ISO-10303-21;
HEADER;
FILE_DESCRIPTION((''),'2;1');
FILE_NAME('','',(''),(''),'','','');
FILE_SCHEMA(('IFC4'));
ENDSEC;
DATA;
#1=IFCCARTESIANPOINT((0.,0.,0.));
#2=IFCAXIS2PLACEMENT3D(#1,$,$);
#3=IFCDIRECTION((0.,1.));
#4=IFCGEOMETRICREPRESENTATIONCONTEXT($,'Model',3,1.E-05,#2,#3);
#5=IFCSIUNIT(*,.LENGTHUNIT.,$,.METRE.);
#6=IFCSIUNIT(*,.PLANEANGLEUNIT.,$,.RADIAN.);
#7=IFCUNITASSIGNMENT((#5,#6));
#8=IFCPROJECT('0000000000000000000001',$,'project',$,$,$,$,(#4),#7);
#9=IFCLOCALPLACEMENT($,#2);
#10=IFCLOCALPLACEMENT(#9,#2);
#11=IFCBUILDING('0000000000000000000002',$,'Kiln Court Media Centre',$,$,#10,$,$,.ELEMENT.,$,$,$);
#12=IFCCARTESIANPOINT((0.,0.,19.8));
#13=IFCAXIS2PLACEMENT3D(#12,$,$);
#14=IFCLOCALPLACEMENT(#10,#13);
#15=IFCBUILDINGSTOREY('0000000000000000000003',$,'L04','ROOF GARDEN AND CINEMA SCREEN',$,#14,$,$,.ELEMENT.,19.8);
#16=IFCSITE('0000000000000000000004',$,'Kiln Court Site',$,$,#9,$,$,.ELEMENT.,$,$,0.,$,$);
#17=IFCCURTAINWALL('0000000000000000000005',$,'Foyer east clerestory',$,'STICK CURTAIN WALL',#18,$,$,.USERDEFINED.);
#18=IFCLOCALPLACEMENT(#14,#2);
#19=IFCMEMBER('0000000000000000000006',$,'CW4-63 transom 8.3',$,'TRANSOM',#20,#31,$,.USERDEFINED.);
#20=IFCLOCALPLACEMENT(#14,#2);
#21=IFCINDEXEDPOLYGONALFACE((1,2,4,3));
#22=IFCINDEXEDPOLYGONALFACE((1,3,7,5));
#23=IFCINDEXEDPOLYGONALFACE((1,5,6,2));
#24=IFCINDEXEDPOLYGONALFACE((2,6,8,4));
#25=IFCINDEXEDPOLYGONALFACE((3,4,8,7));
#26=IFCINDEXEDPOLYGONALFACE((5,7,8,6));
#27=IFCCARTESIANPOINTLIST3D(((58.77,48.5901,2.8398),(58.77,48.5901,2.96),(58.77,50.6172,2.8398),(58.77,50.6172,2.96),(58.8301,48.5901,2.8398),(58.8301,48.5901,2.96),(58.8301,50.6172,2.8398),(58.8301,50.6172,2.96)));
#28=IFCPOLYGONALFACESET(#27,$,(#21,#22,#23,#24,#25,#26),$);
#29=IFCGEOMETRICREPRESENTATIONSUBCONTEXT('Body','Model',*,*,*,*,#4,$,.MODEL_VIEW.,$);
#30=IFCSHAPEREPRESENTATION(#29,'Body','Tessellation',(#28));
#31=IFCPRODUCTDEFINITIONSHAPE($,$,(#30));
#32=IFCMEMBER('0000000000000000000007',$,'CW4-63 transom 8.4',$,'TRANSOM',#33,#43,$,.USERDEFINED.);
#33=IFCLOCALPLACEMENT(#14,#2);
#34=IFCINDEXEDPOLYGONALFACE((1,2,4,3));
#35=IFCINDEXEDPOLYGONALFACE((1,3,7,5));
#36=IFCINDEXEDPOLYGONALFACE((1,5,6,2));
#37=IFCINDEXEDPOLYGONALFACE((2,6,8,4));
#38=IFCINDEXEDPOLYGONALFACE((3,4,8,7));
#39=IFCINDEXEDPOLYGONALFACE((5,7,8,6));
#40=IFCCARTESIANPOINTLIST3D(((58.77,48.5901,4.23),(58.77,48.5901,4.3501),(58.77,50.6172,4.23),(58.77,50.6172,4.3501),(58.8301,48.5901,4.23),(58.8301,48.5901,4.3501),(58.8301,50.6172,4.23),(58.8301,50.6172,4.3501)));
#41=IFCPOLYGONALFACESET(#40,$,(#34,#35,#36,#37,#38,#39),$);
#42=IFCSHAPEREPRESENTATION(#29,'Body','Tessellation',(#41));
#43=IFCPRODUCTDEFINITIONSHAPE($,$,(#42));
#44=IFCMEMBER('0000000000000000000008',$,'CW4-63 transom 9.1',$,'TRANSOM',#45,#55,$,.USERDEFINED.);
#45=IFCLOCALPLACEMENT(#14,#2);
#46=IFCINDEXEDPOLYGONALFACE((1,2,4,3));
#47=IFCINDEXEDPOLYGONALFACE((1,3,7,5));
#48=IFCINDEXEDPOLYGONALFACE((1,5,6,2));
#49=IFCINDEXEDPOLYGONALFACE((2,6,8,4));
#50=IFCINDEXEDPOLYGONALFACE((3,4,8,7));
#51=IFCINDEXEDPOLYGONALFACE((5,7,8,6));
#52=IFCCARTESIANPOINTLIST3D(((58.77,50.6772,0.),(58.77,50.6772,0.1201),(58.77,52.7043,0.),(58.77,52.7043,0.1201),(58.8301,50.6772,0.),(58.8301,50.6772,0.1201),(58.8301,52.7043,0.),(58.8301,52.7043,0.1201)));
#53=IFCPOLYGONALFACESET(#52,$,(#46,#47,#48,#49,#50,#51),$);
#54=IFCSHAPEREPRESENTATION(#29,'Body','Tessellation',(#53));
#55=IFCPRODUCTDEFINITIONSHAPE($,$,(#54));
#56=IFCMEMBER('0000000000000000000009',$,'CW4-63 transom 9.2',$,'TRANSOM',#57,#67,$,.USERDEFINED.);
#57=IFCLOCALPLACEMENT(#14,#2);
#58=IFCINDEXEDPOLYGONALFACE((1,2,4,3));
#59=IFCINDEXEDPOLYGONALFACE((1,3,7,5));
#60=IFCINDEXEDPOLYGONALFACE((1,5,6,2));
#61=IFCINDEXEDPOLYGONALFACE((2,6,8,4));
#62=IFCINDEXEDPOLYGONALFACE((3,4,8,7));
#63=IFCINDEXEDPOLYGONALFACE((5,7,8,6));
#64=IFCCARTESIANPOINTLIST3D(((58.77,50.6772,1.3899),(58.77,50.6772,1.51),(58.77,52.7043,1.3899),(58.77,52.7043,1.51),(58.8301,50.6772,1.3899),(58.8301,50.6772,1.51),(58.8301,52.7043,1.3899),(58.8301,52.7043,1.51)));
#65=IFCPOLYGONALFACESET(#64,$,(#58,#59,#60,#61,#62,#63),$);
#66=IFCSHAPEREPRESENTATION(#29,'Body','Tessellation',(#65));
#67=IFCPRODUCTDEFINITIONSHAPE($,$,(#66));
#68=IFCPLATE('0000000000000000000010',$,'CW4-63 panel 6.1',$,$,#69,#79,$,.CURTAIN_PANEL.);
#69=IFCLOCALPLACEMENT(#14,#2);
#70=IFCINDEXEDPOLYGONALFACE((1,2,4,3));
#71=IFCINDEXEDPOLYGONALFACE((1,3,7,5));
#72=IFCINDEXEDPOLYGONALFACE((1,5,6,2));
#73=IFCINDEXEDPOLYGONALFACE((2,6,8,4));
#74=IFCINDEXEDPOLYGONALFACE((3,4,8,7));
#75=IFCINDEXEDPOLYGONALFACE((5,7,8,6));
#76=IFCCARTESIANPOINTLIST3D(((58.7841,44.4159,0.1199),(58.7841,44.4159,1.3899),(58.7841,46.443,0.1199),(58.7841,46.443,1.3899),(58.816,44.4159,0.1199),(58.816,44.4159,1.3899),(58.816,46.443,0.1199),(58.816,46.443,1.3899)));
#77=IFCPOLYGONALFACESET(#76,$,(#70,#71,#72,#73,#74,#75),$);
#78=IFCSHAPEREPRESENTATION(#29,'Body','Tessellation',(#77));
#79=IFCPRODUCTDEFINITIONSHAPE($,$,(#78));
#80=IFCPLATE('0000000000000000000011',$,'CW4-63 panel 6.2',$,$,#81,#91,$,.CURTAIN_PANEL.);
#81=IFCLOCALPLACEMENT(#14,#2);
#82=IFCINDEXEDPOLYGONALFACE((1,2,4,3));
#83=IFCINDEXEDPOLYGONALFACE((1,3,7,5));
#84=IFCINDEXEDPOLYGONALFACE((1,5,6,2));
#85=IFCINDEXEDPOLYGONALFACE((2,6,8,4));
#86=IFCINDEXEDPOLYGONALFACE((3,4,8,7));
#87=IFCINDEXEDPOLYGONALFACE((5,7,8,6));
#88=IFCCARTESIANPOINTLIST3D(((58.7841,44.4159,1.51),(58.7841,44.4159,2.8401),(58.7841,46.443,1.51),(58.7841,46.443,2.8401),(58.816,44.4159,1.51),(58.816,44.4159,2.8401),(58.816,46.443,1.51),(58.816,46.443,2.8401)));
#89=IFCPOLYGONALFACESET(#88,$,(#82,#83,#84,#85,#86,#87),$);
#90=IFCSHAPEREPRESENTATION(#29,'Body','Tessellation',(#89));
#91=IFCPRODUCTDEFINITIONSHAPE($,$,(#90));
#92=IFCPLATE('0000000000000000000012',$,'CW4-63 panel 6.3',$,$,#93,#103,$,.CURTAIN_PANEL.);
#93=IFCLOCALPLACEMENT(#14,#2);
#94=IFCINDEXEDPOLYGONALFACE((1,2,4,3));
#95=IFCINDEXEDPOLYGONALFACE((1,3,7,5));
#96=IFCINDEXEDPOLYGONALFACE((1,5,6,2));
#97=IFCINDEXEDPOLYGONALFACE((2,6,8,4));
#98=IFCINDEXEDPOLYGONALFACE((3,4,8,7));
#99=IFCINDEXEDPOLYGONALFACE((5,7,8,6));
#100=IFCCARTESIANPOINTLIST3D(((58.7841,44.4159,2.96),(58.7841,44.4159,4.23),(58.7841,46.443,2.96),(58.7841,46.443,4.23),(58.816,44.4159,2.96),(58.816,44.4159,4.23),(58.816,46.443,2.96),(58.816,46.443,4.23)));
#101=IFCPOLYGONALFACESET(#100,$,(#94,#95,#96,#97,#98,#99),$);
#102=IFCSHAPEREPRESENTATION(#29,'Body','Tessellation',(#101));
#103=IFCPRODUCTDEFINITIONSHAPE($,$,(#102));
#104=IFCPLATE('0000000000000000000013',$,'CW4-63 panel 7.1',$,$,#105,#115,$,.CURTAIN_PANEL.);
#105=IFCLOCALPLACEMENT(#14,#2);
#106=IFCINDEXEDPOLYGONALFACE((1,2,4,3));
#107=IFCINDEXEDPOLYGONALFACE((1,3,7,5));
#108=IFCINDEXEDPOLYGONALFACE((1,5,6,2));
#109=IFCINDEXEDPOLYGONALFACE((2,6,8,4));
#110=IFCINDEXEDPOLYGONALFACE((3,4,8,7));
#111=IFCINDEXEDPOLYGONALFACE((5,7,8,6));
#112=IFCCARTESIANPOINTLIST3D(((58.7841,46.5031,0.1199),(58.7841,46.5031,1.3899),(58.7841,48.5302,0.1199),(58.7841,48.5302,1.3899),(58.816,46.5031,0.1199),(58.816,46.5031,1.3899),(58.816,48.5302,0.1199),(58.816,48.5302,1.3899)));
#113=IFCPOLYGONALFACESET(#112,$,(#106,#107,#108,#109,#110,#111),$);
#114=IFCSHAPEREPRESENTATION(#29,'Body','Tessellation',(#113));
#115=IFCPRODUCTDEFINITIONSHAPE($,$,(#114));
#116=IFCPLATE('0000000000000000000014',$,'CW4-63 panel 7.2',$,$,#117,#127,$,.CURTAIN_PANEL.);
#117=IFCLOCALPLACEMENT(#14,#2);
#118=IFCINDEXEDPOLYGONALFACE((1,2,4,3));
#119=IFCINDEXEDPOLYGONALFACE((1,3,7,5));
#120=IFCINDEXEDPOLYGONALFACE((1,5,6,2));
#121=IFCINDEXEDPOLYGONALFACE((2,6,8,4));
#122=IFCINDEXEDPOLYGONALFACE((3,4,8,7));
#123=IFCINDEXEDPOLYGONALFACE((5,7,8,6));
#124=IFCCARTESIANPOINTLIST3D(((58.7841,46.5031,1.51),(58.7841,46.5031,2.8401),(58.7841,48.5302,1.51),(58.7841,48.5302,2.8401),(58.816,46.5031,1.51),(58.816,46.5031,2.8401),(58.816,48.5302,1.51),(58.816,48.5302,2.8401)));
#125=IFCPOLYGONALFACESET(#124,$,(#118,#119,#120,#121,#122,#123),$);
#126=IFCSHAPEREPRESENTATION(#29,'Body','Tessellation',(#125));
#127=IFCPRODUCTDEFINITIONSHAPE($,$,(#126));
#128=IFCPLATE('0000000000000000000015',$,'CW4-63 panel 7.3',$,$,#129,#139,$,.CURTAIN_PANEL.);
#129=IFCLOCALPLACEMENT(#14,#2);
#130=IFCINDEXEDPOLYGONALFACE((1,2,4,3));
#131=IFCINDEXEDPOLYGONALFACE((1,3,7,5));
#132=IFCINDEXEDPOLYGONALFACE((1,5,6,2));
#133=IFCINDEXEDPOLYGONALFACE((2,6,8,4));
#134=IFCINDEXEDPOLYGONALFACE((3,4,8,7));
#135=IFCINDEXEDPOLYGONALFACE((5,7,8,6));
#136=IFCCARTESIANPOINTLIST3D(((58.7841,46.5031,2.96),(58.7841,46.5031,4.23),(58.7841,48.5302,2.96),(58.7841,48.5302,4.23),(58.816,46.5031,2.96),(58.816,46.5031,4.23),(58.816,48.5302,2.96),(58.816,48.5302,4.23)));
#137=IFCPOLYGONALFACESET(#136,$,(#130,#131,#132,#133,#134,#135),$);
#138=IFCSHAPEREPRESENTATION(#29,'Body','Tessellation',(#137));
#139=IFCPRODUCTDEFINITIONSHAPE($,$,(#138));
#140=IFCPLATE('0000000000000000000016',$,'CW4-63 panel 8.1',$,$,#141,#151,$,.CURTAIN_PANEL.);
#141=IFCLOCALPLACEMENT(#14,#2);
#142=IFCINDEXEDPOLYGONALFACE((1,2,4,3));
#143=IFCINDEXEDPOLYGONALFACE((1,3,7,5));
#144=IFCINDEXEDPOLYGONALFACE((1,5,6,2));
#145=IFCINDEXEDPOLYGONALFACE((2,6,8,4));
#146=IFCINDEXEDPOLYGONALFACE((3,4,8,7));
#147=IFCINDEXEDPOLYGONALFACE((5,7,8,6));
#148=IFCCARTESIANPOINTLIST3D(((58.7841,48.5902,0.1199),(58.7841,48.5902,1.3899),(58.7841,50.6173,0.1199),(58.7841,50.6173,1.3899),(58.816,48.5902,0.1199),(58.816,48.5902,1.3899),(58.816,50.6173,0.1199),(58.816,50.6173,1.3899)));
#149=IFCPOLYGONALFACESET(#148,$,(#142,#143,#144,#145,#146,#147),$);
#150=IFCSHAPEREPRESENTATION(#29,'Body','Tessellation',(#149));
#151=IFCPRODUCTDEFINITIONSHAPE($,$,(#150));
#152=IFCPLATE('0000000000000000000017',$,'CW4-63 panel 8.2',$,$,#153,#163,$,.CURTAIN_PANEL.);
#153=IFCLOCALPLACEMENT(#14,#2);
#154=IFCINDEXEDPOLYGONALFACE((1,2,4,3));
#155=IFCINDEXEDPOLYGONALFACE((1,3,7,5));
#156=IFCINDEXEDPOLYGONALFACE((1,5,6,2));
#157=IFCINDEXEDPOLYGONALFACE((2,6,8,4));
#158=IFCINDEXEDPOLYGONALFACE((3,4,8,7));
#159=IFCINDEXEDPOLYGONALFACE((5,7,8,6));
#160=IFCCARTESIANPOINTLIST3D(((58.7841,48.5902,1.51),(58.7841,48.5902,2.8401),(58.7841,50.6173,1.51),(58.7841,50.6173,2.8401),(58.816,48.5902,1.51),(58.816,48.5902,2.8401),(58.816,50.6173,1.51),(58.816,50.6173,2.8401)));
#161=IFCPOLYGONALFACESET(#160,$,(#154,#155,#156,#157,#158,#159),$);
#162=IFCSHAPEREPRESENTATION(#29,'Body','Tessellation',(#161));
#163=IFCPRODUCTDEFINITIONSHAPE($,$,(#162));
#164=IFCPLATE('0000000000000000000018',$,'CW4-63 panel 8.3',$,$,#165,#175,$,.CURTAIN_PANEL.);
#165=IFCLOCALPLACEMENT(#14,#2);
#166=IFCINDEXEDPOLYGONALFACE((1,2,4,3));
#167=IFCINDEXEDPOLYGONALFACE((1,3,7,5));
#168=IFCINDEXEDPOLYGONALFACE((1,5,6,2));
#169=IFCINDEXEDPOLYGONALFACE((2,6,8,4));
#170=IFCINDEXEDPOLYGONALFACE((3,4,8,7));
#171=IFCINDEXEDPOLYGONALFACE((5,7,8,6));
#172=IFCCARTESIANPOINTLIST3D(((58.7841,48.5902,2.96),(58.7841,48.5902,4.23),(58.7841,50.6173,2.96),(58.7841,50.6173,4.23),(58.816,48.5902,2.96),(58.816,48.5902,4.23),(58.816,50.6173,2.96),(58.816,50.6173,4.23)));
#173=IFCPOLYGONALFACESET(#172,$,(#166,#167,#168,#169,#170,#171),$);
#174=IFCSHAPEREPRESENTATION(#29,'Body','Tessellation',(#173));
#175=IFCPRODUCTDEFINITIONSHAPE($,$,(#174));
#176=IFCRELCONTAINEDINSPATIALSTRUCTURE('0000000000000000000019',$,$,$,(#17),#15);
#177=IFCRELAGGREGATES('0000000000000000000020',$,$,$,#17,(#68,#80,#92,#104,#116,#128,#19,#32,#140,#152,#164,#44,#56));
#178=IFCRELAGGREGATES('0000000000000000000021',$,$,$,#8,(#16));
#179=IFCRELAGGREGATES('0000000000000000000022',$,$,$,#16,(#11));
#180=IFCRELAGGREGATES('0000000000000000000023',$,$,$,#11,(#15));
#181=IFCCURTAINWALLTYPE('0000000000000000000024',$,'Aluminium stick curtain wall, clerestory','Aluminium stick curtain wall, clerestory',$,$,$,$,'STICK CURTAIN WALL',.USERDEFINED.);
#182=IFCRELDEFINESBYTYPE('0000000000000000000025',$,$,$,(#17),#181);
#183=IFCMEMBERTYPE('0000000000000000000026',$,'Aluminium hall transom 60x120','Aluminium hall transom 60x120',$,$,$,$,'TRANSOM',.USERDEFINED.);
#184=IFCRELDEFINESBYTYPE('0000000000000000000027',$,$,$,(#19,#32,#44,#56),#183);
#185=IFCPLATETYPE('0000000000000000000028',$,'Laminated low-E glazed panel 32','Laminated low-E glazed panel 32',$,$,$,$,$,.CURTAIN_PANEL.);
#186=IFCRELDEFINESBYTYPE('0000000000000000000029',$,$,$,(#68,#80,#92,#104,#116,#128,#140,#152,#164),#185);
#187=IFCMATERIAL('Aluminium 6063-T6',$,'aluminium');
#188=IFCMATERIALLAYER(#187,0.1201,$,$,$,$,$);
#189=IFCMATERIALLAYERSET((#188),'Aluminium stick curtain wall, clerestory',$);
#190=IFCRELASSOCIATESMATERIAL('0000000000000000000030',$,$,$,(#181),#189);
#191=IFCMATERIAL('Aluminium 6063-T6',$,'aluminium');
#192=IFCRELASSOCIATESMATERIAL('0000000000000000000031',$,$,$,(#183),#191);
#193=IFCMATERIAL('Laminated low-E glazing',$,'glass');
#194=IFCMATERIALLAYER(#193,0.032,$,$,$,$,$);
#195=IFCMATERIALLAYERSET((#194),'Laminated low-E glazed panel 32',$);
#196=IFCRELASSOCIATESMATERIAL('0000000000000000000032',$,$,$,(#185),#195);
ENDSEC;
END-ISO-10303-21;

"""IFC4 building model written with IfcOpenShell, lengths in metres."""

from ifc_helpers import new_model, si_unit, direction, frame, origin, origin_2d, place, context, subcontext, project, spatial, rectangle, extrude, material, layer, layer_set, material_profile, profile_set, type_object, element, aggregate, save


model = new_model("IFC4")

# Units and contexts
model_context = context("Model", 3, precision=1e-05, world=origin(), true_north=direction((0.0, 1.0)))
body_context = subcontext(model_context, "Body", "Model", "MODEL_VIEW")
ifc_project = project(units=[si_unit("LENGTHUNIT", "METRE"), si_unit("PLANEANGLEUNIT", "RADIAN")], contexts=[model_context])

# Site, building, storey
site_placement = place(None, origin())
site = spatial("IfcSite", under=ifc_project, at=site_placement, Name="Kiln Court Site", CompositionType="ELEMENT", RefElevation=0.0)
building_placement = place(site_placement, origin())
building = spatial("IfcBuilding", under=site, at=building_placement, Name="Kiln Court Media Centre", CompositionType="ELEMENT")
storey_placement = place(building_placement, frame((0.0, 0.0, 19.8)))
storey = spatial("IfcBuildingStorey", under=building, at=storey_placement, Name="L04", Description="ROOF GARDEN AND CINEMA SCREEN", CompositionType="ELEMENT", Elevation=19.8)

# Curtain wall, members, plates
ifc_material_1 = material(Name="Aluminium 6063-T6", Category="aluminium")
ifc_layer_1 = layer(ifc_material_1, 0.1201)
ifc_layer_set_1 = layer_set([ifc_layer_1], Name="Aluminium stick curtain wall, clerestory")
curtain_wall_type = type_object("IfcCurtainWallType", Name="Aluminium stick curtain wall, clerestory", Description="Aluminium stick curtain wall, clerestory", ElementType="STICK CURTAIN WALL", PredefinedType="USERDEFINED", material=ifc_layer_set_1)
curtain_wall_placement = place(storey_placement, origin())
curtain_wall = element("IfcCurtainWall", 1, at=curtain_wall_placement, inside=storey, type_object=curtain_wall_type, Name="Foyer east clerestory", ObjectType="STICK CURTAIN WALL", PredefinedType="USERDEFINED")
ifc_material_2 = material(Name="Aluminium 6063-T6", Category="aluminium")
ifc_material_profile_1 = material_profile(ifc_material_2, rectangle(XDim=0.0601, YDim=0.1201, at=origin_2d()), Name="Aluminium hall transom 60x120")
ifc_profile_set_1 = profile_set([ifc_material_profile_1], Name="Aluminium 6063-T6")
member_type_1 = type_object("IfcMemberType", Name="Aluminium hall transom 60x120", Description="Aluminium hall transom 60x120", ElementType="TRANSOM", PredefinedType="USERDEFINED", material=ifc_profile_set_1)
member_1_placement = place(storey_placement, frame((58.8, 48.5901, 2.8999), z_axis=(0.0, 1.0, 0.0), x_axis=(-1.0, 0.0, 0.0)))
member_1 = element("IfcMember", 2, at=member_1_placement, type_object=member_type_1, Name="CW4-63 transom 8.3", ObjectType="TRANSOM", PredefinedType="USERDEFINED", context=body_context, shape_type="SweptSolid", body=[
    extrude(rectangle(XDim=0.0601, YDim=0.1201, at=origin_2d()), origin(), (0.0, 0.0, 1.0), 2.0271),
])
member_2_placement = place(storey_placement, frame((58.8, 48.5901, 4.29), z_axis=(0.0, 1.0, 0.0), x_axis=(-1.0, 0.0, 0.0)))
member_2 = element("IfcMember", 3, at=member_2_placement, type_object=member_type_1, Name="CW4-63 transom 8.4", ObjectType="TRANSOM", PredefinedType="USERDEFINED", context=body_context, shape_type="SweptSolid", body=[
    extrude(rectangle(XDim=0.0601, YDim=0.1201, at=origin_2d()), origin(), (0.0, 0.0, 1.0), 2.0271),
])
member_3_placement = place(storey_placement, frame((58.8, 50.6772, 0.0601), z_axis=(0.0, 1.0, 0.0), x_axis=(-1.0, 0.0, 0.0)))
member_3 = element("IfcMember", 4, at=member_3_placement, type_object=member_type_1, Name="CW4-63 transom 9.1", ObjectType="TRANSOM", PredefinedType="USERDEFINED", context=body_context, shape_type="SweptSolid", body=[
    extrude(rectangle(XDim=0.0601, YDim=0.1201, at=origin_2d()), origin(), (0.0, 0.0, 1.0), 2.0271),
])
member_4_placement = place(storey_placement, frame((58.8, 50.6772, 1.45), z_axis=(0.0, 1.0, 0.0), x_axis=(-1.0, 0.0, 0.0)))
member_4 = element("IfcMember", 5, at=member_4_placement, type_object=member_type_1, Name="CW4-63 transom 9.2", ObjectType="TRANSOM", PredefinedType="USERDEFINED", context=body_context, shape_type="SweptSolid", body=[
    extrude(rectangle(XDim=0.0601, YDim=0.1201, at=origin_2d()), origin(), (0.0, 0.0, 1.0), 2.0271),
])
ifc_material_3 = material(Name="Laminated low-E glazing", Category="glass")
ifc_layer_2 = layer(ifc_material_3, 0.032)
ifc_layer_set_2 = layer_set([ifc_layer_2], Name="Laminated low-E glazed panel 32")
plate_type = type_object("IfcPlateType", Name="Laminated low-E glazed panel 32", Description="Laminated low-E glazed panel 32", PredefinedType="CURTAIN_PANEL", material=ifc_layer_set_2)
plate_1_placement = place(storey_placement, frame((58.8, 45.4294, 0.1199), z_axis=(0.0, 0.0, 1.0), x_axis=(0.0, 1.0, 0.0)))
plate_1 = element("IfcPlate", 6, at=plate_1_placement, type_object=plate_type, Name="CW4-63 panel 6.1", PredefinedType="CURTAIN_PANEL", context=body_context, shape_type="SweptSolid", body=[
    extrude(rectangle(XDim=2.0271, YDim=0.032, at=origin_2d()), origin(), (0.0, 0.0, 1.0), 1.27),
])
plate_2_placement = place(storey_placement, frame((58.8, 45.4294, 1.51), z_axis=(0.0, 0.0, 1.0), x_axis=(0.0, 1.0, 0.0)))
plate_2 = element("IfcPlate", 7, at=plate_2_placement, type_object=plate_type, Name="CW4-63 panel 6.2", PredefinedType="CURTAIN_PANEL", context=body_context, shape_type="SweptSolid", body=[
    extrude(rectangle(XDim=2.0271, YDim=0.032, at=origin_2d()), origin(), (0.0, 0.0, 1.0), 1.3301),
])
plate_3_placement = place(storey_placement, frame((58.8, 45.4294, 2.96), z_axis=(0.0, 0.0, 1.0), x_axis=(0.0, 1.0, 0.0)))
plate_3 = element("IfcPlate", 8, at=plate_3_placement, type_object=plate_type, Name="CW4-63 panel 6.3", PredefinedType="CURTAIN_PANEL", context=body_context, shape_type="SweptSolid", body=[
    extrude(rectangle(XDim=2.0271, YDim=0.032, at=origin_2d()), origin(), (0.0, 0.0, 1.0), 1.27),
])
plate_4_placement = place(storey_placement, frame((58.8, 47.5166, 0.1199), z_axis=(0.0, 0.0, 1.0), x_axis=(0.0, 1.0, 0.0)))
plate_4 = element("IfcPlate", 9, at=plate_4_placement, type_object=plate_type, Name="CW4-63 panel 7.1", PredefinedType="CURTAIN_PANEL", context=body_context, shape_type="SweptSolid", body=[
    extrude(rectangle(XDim=2.0271, YDim=0.032, at=origin_2d()), origin(), (0.0, 0.0, 1.0), 1.27),
])
plate_5_placement = place(storey_placement, frame((58.8, 47.5166, 1.51), z_axis=(0.0, 0.0, 1.0), x_axis=(0.0, 1.0, 0.0)))
plate_5 = element("IfcPlate", 10, at=plate_5_placement, type_object=plate_type, Name="CW4-63 panel 7.2", PredefinedType="CURTAIN_PANEL", context=body_context, shape_type="SweptSolid", body=[
    extrude(rectangle(XDim=2.0271, YDim=0.032, at=origin_2d()), origin(), (0.0, 0.0, 1.0), 1.3301),
])
plate_6_placement = place(storey_placement, frame((58.8, 47.5166, 2.96), z_axis=(0.0, 0.0, 1.0), x_axis=(0.0, 1.0, 0.0)))
plate_6 = element("IfcPlate", 11, at=plate_6_placement, type_object=plate_type, Name="CW4-63 panel 7.3", PredefinedType="CURTAIN_PANEL", context=body_context, shape_type="SweptSolid", body=[
    extrude(rectangle(XDim=2.0271, YDim=0.032, at=origin_2d()), origin(), (0.0, 0.0, 1.0), 1.27),
])
plate_7_placement = place(storey_placement, frame((58.8, 49.6038, 0.1199), z_axis=(0.0, 0.0, 1.0), x_axis=(0.0, 1.0, 0.0)))
plate_7 = element("IfcPlate", 12, at=plate_7_placement, type_object=plate_type, Name="CW4-63 panel 8.1", PredefinedType="CURTAIN_PANEL", context=body_context, shape_type="SweptSolid", body=[
    extrude(rectangle(XDim=2.0271, YDim=0.032, at=origin_2d()), origin(), (0.0, 0.0, 1.0), 1.27),
])
plate_8_placement = place(storey_placement, frame((58.8, 49.6038, 1.51), z_axis=(0.0, 0.0, 1.0), x_axis=(0.0, 1.0, 0.0)))
plate_8 = element("IfcPlate", 13, at=plate_8_placement, type_object=plate_type, Name="CW4-63 panel 8.2", PredefinedType="CURTAIN_PANEL", context=body_context, shape_type="SweptSolid", body=[
    extrude(rectangle(XDim=2.0271, YDim=0.032, at=origin_2d()), origin(), (0.0, 0.0, 1.0), 1.3301),
])
plate_9_placement = place(storey_placement, frame((58.8, 49.6038, 2.96), z_axis=(0.0, 0.0, 1.0), x_axis=(0.0, 1.0, 0.0)))
plate_9 = element("IfcPlate", 14, at=plate_9_placement, type_object=plate_type, Name="CW4-63 panel 8.3", PredefinedType="CURTAIN_PANEL", context=body_context, shape_type="SweptSolid", body=[
    extrude(rectangle(XDim=2.0271, YDim=0.032, at=origin_2d()), origin(), (0.0, 0.0, 1.0), 1.27),
])
aggregate(curtain_wall, [plate_1, plate_2, plate_3, plate_4, plate_5, plate_6, member_1, member_2, plate_7, plate_8, plate_9, member_3, member_4])

save(model, "model.ifc")
